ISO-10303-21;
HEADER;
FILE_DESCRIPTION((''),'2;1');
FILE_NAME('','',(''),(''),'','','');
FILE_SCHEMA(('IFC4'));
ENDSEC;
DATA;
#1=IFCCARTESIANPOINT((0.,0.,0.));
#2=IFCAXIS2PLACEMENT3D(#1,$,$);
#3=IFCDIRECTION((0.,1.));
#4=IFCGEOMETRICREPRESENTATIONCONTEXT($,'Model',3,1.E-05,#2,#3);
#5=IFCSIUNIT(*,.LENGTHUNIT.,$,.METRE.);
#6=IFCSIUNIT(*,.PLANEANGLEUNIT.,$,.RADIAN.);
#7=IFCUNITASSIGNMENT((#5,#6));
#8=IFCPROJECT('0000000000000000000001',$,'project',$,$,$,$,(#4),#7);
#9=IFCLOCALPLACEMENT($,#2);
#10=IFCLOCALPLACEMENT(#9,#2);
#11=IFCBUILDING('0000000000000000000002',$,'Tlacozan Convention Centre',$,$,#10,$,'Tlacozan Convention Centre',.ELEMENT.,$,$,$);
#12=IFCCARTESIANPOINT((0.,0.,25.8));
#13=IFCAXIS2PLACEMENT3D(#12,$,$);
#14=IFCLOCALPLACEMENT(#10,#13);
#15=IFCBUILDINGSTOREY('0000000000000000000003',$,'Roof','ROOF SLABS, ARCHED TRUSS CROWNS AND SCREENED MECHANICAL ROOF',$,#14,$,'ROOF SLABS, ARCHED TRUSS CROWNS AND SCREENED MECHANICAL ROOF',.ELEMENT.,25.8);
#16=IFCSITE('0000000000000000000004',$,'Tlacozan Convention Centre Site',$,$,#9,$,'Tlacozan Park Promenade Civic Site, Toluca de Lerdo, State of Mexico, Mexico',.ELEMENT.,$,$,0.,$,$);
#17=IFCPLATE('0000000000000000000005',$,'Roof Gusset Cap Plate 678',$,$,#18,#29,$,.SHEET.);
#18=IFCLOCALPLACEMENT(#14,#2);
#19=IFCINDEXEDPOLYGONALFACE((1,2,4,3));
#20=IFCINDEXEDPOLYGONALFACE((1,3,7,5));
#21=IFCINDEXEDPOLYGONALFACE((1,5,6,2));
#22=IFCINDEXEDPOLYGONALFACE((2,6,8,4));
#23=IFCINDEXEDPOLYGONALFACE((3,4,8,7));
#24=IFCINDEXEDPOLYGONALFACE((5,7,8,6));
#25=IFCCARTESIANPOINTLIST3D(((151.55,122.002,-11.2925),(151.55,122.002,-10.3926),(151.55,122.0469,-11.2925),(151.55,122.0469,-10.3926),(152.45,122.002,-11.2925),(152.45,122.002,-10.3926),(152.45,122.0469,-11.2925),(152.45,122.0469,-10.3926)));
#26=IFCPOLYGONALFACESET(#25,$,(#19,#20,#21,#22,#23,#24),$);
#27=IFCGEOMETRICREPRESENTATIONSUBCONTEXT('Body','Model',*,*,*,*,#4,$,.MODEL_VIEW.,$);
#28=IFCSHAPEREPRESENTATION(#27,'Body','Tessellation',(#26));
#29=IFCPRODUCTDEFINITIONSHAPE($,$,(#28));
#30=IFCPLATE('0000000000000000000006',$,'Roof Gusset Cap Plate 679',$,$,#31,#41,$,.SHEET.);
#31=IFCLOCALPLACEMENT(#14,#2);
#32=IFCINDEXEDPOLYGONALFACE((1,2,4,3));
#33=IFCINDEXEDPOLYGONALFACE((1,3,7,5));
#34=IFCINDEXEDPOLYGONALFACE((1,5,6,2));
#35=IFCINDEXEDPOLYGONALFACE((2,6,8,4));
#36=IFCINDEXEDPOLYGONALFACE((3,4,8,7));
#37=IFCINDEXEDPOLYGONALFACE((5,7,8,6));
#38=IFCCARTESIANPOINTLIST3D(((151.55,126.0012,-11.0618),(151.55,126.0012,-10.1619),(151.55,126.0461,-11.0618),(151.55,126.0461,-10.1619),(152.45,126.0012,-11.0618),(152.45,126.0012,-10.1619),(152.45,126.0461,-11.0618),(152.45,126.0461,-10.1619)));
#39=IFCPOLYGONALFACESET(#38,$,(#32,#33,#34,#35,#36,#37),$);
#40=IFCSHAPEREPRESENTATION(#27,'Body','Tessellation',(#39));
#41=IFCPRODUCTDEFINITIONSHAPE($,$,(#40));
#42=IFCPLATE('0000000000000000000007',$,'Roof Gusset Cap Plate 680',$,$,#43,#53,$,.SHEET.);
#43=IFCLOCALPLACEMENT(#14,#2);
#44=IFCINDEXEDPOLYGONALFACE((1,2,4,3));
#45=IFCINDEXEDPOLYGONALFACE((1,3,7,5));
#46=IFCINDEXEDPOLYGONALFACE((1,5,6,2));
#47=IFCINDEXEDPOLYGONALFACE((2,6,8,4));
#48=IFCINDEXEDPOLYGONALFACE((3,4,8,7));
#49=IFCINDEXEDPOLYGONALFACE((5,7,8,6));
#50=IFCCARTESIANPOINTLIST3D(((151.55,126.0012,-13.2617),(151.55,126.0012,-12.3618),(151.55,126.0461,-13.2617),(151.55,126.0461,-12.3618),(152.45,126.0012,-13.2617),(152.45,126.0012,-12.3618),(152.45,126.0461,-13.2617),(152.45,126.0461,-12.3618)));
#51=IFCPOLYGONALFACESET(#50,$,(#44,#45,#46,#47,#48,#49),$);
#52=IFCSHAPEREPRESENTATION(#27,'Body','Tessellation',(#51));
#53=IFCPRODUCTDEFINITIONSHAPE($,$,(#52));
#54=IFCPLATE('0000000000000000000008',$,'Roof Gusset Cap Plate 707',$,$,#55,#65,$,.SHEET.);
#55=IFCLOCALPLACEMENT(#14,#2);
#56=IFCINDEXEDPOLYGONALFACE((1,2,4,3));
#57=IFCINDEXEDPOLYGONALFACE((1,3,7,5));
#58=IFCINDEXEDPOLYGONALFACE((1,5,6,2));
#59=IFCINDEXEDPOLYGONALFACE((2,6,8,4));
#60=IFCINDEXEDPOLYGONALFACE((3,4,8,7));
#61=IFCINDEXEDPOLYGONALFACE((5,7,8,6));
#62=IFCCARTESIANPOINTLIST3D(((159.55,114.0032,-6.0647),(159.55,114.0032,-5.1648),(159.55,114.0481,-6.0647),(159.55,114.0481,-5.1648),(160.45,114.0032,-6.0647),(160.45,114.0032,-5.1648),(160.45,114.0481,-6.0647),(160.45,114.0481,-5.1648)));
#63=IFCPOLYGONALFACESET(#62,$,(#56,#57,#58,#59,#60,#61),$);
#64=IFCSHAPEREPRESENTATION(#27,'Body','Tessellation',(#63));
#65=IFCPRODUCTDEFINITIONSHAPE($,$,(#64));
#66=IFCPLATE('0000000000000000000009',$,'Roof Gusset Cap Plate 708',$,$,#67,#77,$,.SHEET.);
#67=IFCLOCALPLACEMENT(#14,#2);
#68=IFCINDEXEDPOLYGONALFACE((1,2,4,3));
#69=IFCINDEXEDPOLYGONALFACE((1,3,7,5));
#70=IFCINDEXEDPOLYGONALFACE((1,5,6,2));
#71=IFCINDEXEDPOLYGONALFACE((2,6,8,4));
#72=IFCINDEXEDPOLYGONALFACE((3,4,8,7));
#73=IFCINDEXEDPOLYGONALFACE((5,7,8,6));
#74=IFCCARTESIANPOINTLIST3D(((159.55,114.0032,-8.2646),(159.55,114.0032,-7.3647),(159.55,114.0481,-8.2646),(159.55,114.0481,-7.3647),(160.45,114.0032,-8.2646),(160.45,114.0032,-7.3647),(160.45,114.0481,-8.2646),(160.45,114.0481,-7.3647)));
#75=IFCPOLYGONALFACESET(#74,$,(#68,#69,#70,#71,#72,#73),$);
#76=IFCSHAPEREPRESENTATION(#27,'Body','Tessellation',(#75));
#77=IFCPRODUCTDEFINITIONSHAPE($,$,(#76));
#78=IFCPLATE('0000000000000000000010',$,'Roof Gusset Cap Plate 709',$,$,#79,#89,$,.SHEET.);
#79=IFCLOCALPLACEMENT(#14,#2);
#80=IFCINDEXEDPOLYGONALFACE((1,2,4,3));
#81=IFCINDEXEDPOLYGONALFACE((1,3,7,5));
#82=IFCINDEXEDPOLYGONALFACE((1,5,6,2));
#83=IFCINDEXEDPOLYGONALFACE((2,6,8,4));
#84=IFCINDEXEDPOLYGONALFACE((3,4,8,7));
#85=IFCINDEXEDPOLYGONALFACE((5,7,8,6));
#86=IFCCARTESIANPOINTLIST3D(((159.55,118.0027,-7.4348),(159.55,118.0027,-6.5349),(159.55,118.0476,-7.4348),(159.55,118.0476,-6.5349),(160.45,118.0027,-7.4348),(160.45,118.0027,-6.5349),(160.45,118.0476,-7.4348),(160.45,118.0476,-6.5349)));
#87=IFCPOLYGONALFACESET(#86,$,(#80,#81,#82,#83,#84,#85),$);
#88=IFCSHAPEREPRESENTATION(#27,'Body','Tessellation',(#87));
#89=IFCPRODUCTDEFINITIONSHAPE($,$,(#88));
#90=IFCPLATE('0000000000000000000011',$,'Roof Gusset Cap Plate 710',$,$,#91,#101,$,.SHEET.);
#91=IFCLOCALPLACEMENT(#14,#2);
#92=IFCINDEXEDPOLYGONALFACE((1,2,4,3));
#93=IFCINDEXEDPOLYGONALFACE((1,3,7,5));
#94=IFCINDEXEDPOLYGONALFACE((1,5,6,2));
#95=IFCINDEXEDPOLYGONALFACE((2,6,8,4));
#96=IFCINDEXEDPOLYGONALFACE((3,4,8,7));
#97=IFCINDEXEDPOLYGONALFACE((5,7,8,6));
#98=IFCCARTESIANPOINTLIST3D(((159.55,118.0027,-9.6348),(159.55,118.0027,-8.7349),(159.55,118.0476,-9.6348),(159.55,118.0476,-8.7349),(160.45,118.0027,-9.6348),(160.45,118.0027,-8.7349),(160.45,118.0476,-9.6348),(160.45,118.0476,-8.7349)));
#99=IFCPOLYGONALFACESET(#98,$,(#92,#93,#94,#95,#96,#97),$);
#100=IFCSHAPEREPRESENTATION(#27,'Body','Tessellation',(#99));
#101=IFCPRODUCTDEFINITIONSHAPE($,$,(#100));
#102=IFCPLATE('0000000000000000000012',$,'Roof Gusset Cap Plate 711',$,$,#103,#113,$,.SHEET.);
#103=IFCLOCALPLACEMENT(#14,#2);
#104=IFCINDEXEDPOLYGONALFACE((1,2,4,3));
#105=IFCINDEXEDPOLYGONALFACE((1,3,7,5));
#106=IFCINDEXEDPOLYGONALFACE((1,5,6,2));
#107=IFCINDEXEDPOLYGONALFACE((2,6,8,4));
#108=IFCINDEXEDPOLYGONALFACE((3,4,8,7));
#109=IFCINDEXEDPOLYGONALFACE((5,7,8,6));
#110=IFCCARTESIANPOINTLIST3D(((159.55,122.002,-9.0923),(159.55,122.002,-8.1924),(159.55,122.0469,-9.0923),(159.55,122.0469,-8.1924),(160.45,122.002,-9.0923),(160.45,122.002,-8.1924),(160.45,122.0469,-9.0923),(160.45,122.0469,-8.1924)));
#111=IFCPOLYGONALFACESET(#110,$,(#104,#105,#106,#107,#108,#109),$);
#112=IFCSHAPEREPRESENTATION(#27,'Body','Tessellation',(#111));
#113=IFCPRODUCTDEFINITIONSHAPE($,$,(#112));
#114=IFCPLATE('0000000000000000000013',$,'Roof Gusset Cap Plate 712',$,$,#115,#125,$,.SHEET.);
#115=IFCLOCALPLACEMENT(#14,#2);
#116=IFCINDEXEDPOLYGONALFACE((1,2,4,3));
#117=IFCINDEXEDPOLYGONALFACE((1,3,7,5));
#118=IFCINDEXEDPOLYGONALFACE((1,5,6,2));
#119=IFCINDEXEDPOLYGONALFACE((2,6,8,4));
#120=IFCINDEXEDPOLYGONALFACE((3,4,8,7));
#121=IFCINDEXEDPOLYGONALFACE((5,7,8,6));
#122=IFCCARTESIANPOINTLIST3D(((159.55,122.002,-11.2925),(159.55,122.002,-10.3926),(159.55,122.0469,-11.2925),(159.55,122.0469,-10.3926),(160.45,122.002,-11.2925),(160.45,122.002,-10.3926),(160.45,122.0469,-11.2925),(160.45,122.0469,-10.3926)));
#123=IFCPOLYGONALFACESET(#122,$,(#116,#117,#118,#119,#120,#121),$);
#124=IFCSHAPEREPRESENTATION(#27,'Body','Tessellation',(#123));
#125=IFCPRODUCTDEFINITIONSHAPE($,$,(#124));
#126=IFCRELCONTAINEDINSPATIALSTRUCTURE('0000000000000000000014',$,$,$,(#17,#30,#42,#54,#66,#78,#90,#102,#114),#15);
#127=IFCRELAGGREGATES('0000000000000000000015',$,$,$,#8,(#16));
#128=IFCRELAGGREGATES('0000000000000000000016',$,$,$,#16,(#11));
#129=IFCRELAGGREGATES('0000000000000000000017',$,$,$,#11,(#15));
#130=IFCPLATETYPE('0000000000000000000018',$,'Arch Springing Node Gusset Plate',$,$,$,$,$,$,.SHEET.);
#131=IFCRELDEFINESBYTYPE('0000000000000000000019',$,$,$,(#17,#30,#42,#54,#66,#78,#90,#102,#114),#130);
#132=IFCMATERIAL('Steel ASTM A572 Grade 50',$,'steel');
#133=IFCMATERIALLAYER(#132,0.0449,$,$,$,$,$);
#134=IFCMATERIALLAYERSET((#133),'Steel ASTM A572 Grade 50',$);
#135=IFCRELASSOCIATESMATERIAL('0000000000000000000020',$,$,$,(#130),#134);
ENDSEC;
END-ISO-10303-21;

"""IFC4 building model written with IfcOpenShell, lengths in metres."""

from ifc_helpers import new_model, si_unit, direction, frame, origin, origin_2d, place, context, subcontext, project, spatial, rectangle, extrude, material, layer, layer_set, type_object, element, save


model = new_model("IFC4")

# Units and contexts
model_context = context("Model", 3, precision=1e-05, world=origin(), true_north=direction((0.0, 1.0)))
body_context = subcontext(model_context, "Body", "Model", "MODEL_VIEW")
ifc_project = project(units=[si_unit("LENGTHUNIT", "METRE"), si_unit("PLANEANGLEUNIT", "RADIAN")], contexts=[model_context])

# Site, building, storey
site_placement = place(None, origin())
site = spatial("IfcSite", under=ifc_project, at=site_placement, Name="Tlacozan Convention Centre Site", LongName="Tlacozan Park Promenade Civic Site, Toluca de Lerdo, State of Mexico, Mexico", CompositionType="ELEMENT", RefElevation=0.0)
building_placement = place(site_placement, origin())
building = spatial("IfcBuilding", under=site, at=building_placement, Name="Tlacozan Convention Centre", LongName="Tlacozan Convention Centre", CompositionType="ELEMENT")
storey_placement = place(building_placement, frame((0.0, 0.0, 25.8)))
storey = spatial("IfcBuildingStorey", under=building, at=storey_placement, Name="Roof", Description="ROOF SLABS, ARCHED TRUSS CROWNS AND SCREENED MECHANICAL ROOF", LongName="ROOF SLABS, ARCHED TRUSS CROWNS AND SCREENED MECHANICAL ROOF", CompositionType="ELEMENT", Elevation=25.8)

# Plates
ifc_material_1 = material(Name="Steel ASTM A572 Grade 50", Category="steel")
ifc_layer = layer(ifc_material_1, 0.0449)
ifc_layer_set = layer_set([ifc_layer], Name="Steel ASTM A572 Grade 50")
plate_type = type_object("IfcPlateType", Name="Arch Springing Node Gusset Plate", PredefinedType="SHEET", material=ifc_layer_set)
for number, where, z_axis, x_axis, name in (
    (1, (152.0, 122.0244, -11.2925), (0.0, 0.0, 1.0), (0.0, 1.0, 0.0), "Roof Gusset Cap Plate 678"),
    (2, (152.0, 126.0237, -11.0618), (0.0, 0.0, 1.0), (0.0, 1.0, 0.0), "Roof Gusset Cap Plate 679"),
    (3, (152.0, 126.0237, -13.2617), (0.0, 0.0, 1.0), (0.0, 1.0, 0.0), "Roof Gusset Cap Plate 680"),
    (4, (160.0, 114.0256, -6.0647), (0.0, 0.0, 1.0), (0.0, 1.0, 0.0), "Roof Gusset Cap Plate 707"),
    (5, (160.0, 114.0256, -8.2646), (0.0, 0.0, 1.0), (0.0, 1.0, 0.0), "Roof Gusset Cap Plate 708"),
    (6, (160.0, 118.0251, -7.4348), (0.0, 0.0, 1.0), (0.0, 1.0, 0.0), "Roof Gusset Cap Plate 709"),
    (7, (160.0, 118.0251, -9.6348), (0.0, 0.0, 1.0), (0.0, 1.0, 0.0), "Roof Gusset Cap Plate 710"),
    (8, (160.0, 122.0244, -9.0923), (0.0, 0.0, 1.0), (0.0, 1.0, 0.0), "Roof Gusset Cap Plate 711"),
    (9, (160.0, 122.0244, -11.2925), (0.0, 0.0, 1.0), (0.0, 1.0, 0.0), "Roof Gusset Cap Plate 712"),
):
    element("IfcPlate", number, at=place(storey_placement, frame(where, z_axis=z_axis, x_axis=x_axis)), inside=storey, type_object=plate_type, Name=name, PredefinedType="SHEET", context=body_context, shape_type="SweptSolid", body=[
        extrude(rectangle(XDim=0.0449, YDim=0.8999, at=origin_2d()), origin(), (0.0, 0.0, 1.0), 0.8999),
    ])

save(model, "model.ifc")
